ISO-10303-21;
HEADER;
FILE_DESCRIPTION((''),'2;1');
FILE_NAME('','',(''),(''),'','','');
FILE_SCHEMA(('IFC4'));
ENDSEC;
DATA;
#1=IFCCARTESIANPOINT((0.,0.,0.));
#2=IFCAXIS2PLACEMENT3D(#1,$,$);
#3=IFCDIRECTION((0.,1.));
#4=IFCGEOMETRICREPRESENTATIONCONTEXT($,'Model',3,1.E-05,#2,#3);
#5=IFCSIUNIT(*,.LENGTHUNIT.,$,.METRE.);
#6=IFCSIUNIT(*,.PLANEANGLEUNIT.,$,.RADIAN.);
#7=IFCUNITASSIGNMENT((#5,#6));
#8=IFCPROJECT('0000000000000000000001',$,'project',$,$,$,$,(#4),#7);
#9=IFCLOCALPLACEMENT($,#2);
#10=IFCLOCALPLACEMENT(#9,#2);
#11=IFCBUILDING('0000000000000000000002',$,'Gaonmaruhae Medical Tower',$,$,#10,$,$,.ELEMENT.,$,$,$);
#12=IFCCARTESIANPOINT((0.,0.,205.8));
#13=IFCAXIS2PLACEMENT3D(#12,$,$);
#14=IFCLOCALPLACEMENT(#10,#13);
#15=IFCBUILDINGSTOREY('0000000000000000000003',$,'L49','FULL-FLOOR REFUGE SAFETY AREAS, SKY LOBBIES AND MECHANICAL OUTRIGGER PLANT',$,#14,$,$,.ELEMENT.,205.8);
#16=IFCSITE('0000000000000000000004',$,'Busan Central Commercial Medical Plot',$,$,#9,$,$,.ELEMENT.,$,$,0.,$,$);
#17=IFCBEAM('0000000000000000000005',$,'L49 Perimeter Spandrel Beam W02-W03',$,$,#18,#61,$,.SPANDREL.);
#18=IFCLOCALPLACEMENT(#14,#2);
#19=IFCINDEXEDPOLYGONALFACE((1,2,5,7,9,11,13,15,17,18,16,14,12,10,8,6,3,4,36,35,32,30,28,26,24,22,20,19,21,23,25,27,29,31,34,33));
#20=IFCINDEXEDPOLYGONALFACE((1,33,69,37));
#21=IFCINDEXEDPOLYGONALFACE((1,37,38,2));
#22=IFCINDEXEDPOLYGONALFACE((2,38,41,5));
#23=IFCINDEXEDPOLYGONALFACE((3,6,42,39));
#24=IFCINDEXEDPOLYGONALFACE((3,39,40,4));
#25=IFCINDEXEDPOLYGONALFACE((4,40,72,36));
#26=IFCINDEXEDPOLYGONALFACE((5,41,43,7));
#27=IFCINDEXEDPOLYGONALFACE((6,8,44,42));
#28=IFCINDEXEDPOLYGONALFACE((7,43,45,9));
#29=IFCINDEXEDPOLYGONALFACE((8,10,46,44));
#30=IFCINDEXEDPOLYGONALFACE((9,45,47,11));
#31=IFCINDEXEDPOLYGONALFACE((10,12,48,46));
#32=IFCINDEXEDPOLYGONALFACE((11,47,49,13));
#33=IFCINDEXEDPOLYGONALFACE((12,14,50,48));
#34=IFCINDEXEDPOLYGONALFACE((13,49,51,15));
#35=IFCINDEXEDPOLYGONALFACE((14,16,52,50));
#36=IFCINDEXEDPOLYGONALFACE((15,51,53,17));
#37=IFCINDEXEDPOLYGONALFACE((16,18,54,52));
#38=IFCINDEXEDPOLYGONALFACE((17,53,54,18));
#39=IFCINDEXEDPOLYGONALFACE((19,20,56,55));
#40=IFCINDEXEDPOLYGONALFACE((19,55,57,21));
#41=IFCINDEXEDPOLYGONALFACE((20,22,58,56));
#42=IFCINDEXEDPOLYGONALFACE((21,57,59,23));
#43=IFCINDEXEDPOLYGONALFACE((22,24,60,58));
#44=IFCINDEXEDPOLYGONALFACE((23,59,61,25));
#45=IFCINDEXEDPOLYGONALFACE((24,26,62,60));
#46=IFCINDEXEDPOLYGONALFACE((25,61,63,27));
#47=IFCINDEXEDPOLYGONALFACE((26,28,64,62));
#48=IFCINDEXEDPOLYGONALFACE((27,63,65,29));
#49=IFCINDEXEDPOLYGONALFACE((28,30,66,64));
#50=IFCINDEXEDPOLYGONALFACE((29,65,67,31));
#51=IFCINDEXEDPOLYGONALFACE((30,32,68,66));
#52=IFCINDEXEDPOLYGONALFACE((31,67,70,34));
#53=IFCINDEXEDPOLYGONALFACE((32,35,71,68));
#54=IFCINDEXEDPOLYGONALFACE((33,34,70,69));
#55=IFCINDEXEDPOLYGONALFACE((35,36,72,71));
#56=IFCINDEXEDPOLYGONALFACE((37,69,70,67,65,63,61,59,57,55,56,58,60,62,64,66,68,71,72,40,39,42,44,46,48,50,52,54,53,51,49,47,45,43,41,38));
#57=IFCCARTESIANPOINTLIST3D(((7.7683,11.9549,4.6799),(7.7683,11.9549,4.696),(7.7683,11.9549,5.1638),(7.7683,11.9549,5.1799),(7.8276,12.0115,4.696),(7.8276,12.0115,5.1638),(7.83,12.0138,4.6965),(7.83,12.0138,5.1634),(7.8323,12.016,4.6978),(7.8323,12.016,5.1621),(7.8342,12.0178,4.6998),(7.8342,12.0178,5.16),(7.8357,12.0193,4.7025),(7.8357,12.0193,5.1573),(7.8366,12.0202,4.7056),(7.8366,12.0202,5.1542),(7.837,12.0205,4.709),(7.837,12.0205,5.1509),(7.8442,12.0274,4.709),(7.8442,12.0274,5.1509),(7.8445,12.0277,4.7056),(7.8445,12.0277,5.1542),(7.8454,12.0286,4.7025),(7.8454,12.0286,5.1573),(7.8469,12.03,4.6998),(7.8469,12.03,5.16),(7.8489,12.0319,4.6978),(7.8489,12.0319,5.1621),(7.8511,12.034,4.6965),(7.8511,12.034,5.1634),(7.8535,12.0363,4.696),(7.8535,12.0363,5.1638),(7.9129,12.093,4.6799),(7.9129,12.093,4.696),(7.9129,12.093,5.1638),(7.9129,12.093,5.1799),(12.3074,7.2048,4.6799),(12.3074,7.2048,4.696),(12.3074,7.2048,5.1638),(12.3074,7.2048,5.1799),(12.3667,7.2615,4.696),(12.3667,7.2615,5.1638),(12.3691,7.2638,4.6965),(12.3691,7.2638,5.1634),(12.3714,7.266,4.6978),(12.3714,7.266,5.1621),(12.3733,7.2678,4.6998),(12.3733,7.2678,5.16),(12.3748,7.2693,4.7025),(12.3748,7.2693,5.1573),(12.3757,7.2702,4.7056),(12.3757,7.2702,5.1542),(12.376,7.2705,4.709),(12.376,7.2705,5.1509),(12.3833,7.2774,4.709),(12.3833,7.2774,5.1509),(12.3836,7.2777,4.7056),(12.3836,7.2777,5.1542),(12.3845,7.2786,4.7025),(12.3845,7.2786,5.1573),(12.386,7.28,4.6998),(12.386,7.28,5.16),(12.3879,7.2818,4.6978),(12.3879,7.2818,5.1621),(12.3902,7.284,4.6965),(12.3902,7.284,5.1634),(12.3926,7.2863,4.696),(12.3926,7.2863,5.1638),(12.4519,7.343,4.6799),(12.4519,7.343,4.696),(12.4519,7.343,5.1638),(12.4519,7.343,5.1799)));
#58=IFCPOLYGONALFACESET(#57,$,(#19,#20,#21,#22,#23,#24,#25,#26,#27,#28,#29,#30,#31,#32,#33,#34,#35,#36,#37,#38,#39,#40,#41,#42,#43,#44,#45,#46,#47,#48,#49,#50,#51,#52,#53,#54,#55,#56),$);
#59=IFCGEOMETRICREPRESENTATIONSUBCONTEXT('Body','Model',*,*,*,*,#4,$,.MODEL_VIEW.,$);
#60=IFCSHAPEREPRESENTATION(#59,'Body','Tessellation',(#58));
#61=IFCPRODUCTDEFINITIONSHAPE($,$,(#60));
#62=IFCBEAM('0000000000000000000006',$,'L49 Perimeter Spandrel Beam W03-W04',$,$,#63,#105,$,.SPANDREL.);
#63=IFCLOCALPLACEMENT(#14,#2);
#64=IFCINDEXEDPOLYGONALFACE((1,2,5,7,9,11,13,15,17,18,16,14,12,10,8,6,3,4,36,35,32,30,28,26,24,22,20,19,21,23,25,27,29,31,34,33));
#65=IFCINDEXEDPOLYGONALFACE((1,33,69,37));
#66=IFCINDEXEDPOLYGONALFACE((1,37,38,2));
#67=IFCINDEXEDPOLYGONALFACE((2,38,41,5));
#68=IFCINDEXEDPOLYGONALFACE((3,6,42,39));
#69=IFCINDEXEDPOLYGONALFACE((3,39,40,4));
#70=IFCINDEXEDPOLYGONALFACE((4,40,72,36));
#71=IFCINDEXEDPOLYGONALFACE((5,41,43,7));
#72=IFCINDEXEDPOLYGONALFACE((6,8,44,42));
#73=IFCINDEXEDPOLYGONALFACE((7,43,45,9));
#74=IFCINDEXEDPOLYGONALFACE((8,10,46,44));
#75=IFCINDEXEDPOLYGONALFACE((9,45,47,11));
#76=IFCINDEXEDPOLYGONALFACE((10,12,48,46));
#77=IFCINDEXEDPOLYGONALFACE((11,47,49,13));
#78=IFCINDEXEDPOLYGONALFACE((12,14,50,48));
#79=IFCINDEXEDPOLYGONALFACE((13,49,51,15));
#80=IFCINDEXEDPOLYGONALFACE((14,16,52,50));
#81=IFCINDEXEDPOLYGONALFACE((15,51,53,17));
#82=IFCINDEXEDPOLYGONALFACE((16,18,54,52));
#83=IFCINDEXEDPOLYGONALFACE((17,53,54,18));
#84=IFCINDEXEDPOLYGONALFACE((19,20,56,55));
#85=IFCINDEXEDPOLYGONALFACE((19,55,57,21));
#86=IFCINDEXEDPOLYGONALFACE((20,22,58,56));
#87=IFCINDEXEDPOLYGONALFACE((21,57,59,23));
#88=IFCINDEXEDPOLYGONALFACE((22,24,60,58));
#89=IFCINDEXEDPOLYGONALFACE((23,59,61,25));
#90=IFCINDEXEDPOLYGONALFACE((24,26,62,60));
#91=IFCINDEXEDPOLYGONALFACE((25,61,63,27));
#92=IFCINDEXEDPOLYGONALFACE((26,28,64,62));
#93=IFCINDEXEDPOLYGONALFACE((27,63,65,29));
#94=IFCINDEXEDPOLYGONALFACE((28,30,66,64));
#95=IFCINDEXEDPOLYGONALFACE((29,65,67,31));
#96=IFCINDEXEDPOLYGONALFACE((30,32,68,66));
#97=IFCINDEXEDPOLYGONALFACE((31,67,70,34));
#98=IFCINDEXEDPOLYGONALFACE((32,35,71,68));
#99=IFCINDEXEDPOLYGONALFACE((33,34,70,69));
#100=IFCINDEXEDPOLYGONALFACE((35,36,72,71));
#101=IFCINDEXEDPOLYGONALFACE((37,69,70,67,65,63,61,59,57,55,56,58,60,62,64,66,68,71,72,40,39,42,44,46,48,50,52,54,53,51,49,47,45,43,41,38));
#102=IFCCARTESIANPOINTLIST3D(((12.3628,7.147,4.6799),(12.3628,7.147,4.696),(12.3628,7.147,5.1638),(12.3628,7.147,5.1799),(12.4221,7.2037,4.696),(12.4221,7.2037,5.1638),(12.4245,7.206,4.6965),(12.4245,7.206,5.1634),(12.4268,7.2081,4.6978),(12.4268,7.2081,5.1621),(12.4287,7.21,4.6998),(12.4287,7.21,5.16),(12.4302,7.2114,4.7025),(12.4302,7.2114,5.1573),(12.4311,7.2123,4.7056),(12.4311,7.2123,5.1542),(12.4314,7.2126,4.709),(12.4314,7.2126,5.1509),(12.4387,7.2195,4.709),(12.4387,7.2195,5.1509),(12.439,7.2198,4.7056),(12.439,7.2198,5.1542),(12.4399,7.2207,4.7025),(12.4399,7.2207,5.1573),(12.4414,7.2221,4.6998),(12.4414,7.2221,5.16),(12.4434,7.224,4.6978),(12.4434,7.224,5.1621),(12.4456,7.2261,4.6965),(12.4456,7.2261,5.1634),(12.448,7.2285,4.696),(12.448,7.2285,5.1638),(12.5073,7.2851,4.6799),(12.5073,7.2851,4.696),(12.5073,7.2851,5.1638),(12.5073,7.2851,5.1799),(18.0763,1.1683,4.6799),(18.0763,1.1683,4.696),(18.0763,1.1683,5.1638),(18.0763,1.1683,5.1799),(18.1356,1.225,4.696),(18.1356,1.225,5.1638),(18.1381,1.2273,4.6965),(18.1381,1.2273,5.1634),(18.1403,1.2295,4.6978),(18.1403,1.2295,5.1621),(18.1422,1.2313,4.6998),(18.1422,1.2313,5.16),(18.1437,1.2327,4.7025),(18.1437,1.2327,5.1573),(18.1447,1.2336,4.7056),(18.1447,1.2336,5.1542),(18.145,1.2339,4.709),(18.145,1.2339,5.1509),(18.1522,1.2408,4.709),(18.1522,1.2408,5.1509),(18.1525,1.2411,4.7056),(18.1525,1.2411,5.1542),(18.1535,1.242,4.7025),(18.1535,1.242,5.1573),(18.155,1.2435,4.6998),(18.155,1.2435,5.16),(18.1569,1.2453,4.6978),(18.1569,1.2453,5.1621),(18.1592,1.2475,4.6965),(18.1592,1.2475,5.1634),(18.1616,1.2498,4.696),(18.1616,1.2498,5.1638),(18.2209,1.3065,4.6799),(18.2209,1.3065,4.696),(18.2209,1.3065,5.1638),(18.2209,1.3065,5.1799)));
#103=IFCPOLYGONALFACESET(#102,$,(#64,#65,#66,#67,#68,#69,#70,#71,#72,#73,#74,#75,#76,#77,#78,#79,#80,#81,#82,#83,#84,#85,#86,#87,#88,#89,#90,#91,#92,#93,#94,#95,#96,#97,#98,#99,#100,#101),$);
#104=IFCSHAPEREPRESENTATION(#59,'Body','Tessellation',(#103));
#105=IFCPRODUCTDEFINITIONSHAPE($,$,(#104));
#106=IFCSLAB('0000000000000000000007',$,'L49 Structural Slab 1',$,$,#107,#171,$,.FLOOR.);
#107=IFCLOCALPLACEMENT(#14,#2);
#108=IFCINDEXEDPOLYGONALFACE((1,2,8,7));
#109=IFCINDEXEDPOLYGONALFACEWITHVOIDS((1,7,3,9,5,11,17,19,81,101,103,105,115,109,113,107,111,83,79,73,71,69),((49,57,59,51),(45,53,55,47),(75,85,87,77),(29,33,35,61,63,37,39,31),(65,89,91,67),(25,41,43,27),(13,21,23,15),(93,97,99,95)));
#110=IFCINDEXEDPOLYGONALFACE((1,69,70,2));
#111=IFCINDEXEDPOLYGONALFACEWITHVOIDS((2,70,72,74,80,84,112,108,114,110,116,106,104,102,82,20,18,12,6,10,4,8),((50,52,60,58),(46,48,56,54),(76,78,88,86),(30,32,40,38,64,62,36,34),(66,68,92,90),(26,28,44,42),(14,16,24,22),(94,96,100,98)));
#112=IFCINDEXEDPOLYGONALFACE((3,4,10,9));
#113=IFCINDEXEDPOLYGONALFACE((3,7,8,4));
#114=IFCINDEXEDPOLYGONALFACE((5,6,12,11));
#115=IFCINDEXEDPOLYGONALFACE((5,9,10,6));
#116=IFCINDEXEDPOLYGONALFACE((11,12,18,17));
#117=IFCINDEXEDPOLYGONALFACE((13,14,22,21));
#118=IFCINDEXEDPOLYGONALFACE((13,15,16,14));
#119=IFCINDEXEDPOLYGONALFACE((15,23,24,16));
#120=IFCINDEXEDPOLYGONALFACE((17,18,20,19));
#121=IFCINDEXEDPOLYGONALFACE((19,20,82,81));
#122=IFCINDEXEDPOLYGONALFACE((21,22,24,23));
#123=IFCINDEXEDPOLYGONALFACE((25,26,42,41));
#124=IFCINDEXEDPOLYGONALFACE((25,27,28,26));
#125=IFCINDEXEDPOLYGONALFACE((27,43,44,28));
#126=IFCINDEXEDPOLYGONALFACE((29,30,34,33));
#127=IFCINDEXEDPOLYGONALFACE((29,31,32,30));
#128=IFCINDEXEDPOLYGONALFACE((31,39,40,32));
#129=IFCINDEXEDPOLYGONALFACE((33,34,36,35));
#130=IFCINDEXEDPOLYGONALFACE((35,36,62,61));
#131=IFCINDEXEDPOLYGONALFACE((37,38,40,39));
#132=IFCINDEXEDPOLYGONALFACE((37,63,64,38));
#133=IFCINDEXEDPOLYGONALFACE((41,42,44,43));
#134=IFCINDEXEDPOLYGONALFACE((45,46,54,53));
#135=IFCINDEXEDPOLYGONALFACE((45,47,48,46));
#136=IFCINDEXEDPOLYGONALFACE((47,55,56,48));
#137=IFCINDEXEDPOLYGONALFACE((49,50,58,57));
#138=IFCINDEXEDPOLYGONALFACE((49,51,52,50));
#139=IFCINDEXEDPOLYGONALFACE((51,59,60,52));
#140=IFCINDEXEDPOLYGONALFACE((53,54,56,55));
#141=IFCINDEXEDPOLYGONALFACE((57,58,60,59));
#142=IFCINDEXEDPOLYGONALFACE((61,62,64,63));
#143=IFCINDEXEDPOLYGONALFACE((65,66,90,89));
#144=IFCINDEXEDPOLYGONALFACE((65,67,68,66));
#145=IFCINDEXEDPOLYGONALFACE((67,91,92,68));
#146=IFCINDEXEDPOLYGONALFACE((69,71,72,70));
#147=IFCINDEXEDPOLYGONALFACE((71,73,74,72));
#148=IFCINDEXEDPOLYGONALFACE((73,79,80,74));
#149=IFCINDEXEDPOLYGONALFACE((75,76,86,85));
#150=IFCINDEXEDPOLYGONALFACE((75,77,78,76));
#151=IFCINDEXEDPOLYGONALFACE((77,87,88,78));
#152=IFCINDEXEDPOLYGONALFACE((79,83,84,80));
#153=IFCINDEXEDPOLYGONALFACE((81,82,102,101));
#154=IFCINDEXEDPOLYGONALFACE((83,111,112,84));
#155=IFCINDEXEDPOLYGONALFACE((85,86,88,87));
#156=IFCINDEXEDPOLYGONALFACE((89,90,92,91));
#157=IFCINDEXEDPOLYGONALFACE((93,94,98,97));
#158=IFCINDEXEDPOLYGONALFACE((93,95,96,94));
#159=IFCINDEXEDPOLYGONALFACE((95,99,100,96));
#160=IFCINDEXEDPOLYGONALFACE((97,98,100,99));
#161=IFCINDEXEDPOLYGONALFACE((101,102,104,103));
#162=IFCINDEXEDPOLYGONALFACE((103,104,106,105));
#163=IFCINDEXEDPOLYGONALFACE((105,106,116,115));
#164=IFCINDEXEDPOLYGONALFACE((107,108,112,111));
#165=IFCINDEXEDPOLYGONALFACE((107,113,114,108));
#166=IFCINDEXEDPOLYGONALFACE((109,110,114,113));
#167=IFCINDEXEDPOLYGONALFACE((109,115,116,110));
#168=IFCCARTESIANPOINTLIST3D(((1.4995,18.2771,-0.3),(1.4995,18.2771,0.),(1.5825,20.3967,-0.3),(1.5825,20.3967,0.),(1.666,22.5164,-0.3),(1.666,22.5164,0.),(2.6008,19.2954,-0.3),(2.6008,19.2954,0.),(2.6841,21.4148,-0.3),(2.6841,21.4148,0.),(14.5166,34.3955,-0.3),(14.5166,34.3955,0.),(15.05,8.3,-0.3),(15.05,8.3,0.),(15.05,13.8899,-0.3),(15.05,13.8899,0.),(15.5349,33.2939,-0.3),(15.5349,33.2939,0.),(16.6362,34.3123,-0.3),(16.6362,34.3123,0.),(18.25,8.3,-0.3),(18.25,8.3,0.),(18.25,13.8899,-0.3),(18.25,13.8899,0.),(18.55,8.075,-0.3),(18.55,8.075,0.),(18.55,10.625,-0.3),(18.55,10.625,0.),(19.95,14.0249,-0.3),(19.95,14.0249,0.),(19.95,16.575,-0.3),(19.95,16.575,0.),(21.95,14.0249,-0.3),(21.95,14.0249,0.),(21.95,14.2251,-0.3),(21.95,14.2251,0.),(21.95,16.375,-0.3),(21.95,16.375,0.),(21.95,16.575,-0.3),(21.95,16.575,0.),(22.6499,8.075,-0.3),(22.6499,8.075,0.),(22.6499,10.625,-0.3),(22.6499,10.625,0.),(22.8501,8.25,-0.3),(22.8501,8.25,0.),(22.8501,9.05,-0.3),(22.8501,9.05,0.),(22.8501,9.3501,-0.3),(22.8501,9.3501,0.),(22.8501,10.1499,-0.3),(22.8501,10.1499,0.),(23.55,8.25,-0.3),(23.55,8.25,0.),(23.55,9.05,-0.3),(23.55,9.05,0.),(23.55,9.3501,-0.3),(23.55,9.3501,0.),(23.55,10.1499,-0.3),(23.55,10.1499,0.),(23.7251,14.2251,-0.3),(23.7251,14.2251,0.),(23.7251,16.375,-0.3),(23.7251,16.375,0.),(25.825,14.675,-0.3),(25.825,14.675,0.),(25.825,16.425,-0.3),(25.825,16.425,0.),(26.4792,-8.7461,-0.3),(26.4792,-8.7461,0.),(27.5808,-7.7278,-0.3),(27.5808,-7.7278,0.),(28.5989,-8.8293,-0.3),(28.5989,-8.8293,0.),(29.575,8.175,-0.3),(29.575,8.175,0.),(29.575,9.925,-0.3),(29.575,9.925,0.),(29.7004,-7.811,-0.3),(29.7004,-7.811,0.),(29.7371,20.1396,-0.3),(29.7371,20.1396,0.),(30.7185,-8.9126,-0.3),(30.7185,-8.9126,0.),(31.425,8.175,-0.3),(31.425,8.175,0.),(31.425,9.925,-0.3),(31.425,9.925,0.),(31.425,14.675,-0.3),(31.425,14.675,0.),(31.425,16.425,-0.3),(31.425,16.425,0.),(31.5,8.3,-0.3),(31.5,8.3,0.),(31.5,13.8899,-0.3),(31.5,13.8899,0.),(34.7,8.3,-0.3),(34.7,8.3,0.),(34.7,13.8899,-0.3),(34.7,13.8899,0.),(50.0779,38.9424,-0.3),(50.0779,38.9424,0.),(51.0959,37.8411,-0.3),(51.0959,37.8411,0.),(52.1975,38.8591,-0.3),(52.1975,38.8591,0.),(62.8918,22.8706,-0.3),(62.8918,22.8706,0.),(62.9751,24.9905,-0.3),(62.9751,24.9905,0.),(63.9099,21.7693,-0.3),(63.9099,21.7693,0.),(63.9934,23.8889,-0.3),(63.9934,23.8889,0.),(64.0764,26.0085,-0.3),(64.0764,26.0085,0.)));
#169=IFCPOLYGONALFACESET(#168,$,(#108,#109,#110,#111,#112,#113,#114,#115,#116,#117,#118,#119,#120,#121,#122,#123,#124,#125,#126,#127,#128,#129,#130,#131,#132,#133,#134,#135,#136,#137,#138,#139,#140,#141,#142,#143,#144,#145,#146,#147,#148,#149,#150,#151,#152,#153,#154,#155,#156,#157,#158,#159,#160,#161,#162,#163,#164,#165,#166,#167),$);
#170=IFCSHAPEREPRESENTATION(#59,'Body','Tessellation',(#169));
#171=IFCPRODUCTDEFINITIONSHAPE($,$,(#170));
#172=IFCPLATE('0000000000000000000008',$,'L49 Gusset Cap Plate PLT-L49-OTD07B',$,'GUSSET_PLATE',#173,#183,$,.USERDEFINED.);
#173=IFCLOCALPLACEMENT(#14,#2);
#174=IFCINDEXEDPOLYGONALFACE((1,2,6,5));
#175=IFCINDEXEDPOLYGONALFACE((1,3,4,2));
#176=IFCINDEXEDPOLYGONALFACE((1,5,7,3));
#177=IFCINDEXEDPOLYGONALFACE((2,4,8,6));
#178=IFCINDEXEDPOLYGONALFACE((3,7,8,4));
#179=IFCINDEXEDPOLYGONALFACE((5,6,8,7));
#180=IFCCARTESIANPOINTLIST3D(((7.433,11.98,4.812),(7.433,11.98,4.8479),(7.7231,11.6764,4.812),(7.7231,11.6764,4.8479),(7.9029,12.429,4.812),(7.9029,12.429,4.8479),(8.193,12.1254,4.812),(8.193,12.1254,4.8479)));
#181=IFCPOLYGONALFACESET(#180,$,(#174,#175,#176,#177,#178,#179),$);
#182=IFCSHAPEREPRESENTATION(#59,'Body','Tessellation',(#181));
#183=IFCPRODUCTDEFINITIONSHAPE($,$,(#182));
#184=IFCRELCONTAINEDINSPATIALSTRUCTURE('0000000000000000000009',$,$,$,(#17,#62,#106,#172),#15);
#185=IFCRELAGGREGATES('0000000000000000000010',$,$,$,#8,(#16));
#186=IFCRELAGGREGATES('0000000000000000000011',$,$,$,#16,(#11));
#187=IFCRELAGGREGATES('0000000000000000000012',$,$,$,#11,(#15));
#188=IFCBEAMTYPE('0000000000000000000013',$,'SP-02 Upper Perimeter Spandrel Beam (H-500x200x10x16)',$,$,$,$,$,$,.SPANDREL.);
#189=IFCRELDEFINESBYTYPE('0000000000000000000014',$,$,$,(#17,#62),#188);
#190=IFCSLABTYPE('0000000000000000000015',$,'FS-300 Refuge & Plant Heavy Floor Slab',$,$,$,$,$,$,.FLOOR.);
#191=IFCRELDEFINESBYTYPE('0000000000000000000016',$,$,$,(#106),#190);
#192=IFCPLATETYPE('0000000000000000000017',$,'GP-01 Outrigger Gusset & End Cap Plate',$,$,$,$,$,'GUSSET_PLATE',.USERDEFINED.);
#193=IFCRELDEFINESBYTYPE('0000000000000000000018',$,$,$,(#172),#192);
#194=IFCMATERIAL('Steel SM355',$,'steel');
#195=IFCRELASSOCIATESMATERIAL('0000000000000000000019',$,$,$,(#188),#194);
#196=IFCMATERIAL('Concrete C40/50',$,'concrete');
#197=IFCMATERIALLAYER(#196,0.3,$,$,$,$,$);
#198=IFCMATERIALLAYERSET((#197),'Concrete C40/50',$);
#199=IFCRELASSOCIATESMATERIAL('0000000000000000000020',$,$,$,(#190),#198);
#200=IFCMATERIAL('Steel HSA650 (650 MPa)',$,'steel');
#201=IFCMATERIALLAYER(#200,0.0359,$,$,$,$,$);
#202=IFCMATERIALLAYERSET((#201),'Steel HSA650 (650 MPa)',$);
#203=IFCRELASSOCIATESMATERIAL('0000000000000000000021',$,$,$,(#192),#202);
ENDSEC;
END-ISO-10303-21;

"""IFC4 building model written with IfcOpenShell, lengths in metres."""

from ifc_helpers import new_model, si_unit, direction, frame, origin, origin_2d, place, context, subcontext, project, spatial, polyline, rectangle, i_section, outline, extrude, material, layer, layer_set, material_profile, profile_set, type_object, element, save


model = new_model("IFC4")

# Units and contexts
model_context = context("Model", 3, precision=1e-05, world=origin(), true_north=direction((0.0, 1.0)))
body_context = subcontext(model_context, "Body", "Model", "MODEL_VIEW")
ifc_project = project(units=[si_unit("LENGTHUNIT", "METRE"), si_unit("PLANEANGLEUNIT", "RADIAN")], contexts=[model_context])

# Site, building, storey
site_placement = place(None, origin())
site = spatial("IfcSite", under=ifc_project, at=site_placement, Name="Busan Central Commercial Medical Plot", CompositionType="ELEMENT", RefElevation=0.0)
building_placement = place(site_placement, origin())
building = spatial("IfcBuilding", under=site, at=building_placement, Name="Gaonmaruhae Medical Tower", CompositionType="ELEMENT")
storey_placement = place(building_placement, frame((0.0, 0.0, 205.8)))
storey = spatial("IfcBuildingStorey", under=building, at=storey_placement, Name="L49", Description="FULL-FLOOR REFUGE SAFETY AREAS, SKY LOBBIES AND MECHANICAL OUTRIGGER PLANT", CompositionType="ELEMENT", Elevation=205.8)

# Shared definitions
ifc_material_1 = material(Name="Steel HSA650 (650 MPa)", Category="steel")

# Beams
ifc_material_2 = material(Name="Steel SM355", Category="steel")
ifc_material_profile_1 = material_profile(ifc_material_2, i_section(OverallWidth=0.2, OverallDepth=0.5, WebThickness=0.01, FlangeThickness=0.0161, FilletRadius=0.0129, at=origin_2d()), Name="H-500x200x10x16")
ifc_profile_set_1 = profile_set([ifc_material_profile_1], Name="Steel SM355")
beam_type_1 = type_object("IfcBeamType", Name="SP-02 Upper Perimeter Spandrel Beam (H-500x200x10x16)", PredefinedType="SPANDREL", material=ifc_profile_set_1)
beam_1_placement = place(storey_placement, frame((7.8406, 12.0239, 4.9299), z_axis=(0.690872, -0.722977, 0.0), x_axis=(0.722977, 0.690872, 0.0)))
element("IfcBeam", 1, at=beam_1_placement, inside=storey, type_object=beam_type_1, Name="L49 Perimeter Spandrel Beam W02-W03", PredefinedType="SPANDREL", context=body_context, shape_type="SweptSolid", body=[
    extrude(i_section(OverallWidth=0.2, OverallDepth=0.5, WebThickness=0.01, FlangeThickness=0.0161, FilletRadius=0.0129, at=origin_2d()), origin(), (0.0, 0.0, 1.0), 6.5701),
])
beam_2_placement = place(storey_placement, frame((12.4351, 7.2161, 4.9299), z_axis=(0.690895, -0.722955, 0.0), x_axis=(0.722955, 0.690895, 0.0)))
element("IfcBeam", 2, at=beam_2_placement, inside=storey, type_object=beam_type_1, Name="L49 Perimeter Spandrel Beam W03-W04", PredefinedType="SPANDREL", context=body_context, shape_type="SweptSolid", body=[
    extrude(i_section(OverallWidth=0.2, OverallDepth=0.5, WebThickness=0.01, FlangeThickness=0.0161, FilletRadius=0.0129, at=origin_2d()), origin(), (0.0, 0.0, 1.0), 8.2698),
])

# Slab
ifc_material_3 = material(Name="Concrete C40/50", Category="concrete")
ifc_layer_1 = layer(ifc_material_3, 0.3)
ifc_layer_set_1 = layer_set([ifc_layer_1], Name="Concrete C40/50")
slab_type_1 = type_object("IfcSlabType", Name="FS-300 Refuge & Plant Heavy Floor Slab", PredefinedType="FLOOR", material=ifc_layer_set_1)
slab_1_placement = place(storey_placement, frame((0.0, 0.0, -0.3)))
element("IfcSlab", 3, at=slab_1_placement, inside=storey, type_object=slab_type_1, Name="L49 Structural Slab 1", PredefinedType="FLOOR", context=body_context, shape_type="SweptSolid", body=[
    extrude(outline(polyline([(30.7185, -8.9126), (63.9099, 21.7693), (62.8918, 22.8706), (63.9934, 23.8889), (62.9751, 24.9905), (64.0764, 26.0085), (52.1975, 38.8591), (51.0959, 37.8411), (50.0779, 38.9424), (29.7371, 20.1396), (16.6362, 34.3123), (15.5349, 33.2939), (14.5166, 34.3955), (1.666, 22.5164), (2.6841, 21.4148), (1.5825, 20.3967), (2.6008, 19.2954), (1.4995, 18.2771), (26.4792, -8.7461), (27.5808, -7.7278), (28.5989, -8.8293), (29.7004, -7.811), (30.7185, -8.9126)]), holes=[polyline([(23.55, 8.25), (22.8501, 8.25), (22.8501, 9.05), (23.55, 9.05), (23.55, 8.25)]), polyline([(31.425, 9.925), (31.425, 8.175), (29.575, 8.175), (29.575, 9.925), (31.425, 9.925)]), polyline([(22.6499, 10.625), (22.6499, 8.075), (18.55, 8.075), (18.55, 10.625), (22.6499, 10.625)]), polyline([(23.55, 9.3501), (22.8501, 9.3501), (22.8501, 10.1499), (23.55, 10.1499), (23.55, 9.3501)]), polyline([(15.05, 13.8899), (18.25, 13.8899), (18.25, 8.3), (15.05, 8.3), (15.05, 13.8899)]), polyline([(31.5, 13.8899), (34.7, 13.8899), (34.7, 8.3), (31.5, 8.3), (31.5, 13.8899)]), polyline([(21.95, 14.2251), (21.95, 14.0249), (19.95, 14.0249), (19.95, 16.575), (21.95, 16.575), (21.95, 16.375), (23.7251, 16.375), (23.7251, 14.2251), (21.95, 14.2251)]), polyline([(31.425, 16.425), (31.425, 14.675), (25.825, 14.675), (25.825, 16.425), (31.425, 16.425)])]), origin(), (0.0, 0.0, 1.0), 0.3),
])

# Plate
ifc_layer_2 = layer(ifc_material_1, 0.0359)
ifc_layer_set_2 = layer_set([ifc_layer_2], Name="Steel HSA650 (650 MPa)")
plate_type = type_object("IfcPlateType", Name="GP-01 Outrigger Gusset & End Cap Plate", ElementType="GUSSET_PLATE", PredefinedType="USERDEFINED", material=ifc_layer_set_2)
for number, where, z_axis, x_axis, name in (
    (4, (7.813, 12.0527, 4.812), (0.0, 0.0, 1.0), (0.722967, 0.690882, 0.0), "L49 Gusset Cap Plate PLT-L49-OTD07B"),
):
    element("IfcPlate", number, at=place(storey_placement, frame(where, z_axis=z_axis, x_axis=x_axis)), inside=storey, type_object=plate_type, Name=name, ObjectType="GUSSET_PLATE", PredefinedType="USERDEFINED", context=body_context, shape_type="SweptSolid", body=[
        extrude(rectangle(XDim=0.6499, YDim=0.4199, at=origin_2d()), origin(), (0.0, 0.0, 1.0), 0.0359),
    ])

save(model, "model.ifc")
